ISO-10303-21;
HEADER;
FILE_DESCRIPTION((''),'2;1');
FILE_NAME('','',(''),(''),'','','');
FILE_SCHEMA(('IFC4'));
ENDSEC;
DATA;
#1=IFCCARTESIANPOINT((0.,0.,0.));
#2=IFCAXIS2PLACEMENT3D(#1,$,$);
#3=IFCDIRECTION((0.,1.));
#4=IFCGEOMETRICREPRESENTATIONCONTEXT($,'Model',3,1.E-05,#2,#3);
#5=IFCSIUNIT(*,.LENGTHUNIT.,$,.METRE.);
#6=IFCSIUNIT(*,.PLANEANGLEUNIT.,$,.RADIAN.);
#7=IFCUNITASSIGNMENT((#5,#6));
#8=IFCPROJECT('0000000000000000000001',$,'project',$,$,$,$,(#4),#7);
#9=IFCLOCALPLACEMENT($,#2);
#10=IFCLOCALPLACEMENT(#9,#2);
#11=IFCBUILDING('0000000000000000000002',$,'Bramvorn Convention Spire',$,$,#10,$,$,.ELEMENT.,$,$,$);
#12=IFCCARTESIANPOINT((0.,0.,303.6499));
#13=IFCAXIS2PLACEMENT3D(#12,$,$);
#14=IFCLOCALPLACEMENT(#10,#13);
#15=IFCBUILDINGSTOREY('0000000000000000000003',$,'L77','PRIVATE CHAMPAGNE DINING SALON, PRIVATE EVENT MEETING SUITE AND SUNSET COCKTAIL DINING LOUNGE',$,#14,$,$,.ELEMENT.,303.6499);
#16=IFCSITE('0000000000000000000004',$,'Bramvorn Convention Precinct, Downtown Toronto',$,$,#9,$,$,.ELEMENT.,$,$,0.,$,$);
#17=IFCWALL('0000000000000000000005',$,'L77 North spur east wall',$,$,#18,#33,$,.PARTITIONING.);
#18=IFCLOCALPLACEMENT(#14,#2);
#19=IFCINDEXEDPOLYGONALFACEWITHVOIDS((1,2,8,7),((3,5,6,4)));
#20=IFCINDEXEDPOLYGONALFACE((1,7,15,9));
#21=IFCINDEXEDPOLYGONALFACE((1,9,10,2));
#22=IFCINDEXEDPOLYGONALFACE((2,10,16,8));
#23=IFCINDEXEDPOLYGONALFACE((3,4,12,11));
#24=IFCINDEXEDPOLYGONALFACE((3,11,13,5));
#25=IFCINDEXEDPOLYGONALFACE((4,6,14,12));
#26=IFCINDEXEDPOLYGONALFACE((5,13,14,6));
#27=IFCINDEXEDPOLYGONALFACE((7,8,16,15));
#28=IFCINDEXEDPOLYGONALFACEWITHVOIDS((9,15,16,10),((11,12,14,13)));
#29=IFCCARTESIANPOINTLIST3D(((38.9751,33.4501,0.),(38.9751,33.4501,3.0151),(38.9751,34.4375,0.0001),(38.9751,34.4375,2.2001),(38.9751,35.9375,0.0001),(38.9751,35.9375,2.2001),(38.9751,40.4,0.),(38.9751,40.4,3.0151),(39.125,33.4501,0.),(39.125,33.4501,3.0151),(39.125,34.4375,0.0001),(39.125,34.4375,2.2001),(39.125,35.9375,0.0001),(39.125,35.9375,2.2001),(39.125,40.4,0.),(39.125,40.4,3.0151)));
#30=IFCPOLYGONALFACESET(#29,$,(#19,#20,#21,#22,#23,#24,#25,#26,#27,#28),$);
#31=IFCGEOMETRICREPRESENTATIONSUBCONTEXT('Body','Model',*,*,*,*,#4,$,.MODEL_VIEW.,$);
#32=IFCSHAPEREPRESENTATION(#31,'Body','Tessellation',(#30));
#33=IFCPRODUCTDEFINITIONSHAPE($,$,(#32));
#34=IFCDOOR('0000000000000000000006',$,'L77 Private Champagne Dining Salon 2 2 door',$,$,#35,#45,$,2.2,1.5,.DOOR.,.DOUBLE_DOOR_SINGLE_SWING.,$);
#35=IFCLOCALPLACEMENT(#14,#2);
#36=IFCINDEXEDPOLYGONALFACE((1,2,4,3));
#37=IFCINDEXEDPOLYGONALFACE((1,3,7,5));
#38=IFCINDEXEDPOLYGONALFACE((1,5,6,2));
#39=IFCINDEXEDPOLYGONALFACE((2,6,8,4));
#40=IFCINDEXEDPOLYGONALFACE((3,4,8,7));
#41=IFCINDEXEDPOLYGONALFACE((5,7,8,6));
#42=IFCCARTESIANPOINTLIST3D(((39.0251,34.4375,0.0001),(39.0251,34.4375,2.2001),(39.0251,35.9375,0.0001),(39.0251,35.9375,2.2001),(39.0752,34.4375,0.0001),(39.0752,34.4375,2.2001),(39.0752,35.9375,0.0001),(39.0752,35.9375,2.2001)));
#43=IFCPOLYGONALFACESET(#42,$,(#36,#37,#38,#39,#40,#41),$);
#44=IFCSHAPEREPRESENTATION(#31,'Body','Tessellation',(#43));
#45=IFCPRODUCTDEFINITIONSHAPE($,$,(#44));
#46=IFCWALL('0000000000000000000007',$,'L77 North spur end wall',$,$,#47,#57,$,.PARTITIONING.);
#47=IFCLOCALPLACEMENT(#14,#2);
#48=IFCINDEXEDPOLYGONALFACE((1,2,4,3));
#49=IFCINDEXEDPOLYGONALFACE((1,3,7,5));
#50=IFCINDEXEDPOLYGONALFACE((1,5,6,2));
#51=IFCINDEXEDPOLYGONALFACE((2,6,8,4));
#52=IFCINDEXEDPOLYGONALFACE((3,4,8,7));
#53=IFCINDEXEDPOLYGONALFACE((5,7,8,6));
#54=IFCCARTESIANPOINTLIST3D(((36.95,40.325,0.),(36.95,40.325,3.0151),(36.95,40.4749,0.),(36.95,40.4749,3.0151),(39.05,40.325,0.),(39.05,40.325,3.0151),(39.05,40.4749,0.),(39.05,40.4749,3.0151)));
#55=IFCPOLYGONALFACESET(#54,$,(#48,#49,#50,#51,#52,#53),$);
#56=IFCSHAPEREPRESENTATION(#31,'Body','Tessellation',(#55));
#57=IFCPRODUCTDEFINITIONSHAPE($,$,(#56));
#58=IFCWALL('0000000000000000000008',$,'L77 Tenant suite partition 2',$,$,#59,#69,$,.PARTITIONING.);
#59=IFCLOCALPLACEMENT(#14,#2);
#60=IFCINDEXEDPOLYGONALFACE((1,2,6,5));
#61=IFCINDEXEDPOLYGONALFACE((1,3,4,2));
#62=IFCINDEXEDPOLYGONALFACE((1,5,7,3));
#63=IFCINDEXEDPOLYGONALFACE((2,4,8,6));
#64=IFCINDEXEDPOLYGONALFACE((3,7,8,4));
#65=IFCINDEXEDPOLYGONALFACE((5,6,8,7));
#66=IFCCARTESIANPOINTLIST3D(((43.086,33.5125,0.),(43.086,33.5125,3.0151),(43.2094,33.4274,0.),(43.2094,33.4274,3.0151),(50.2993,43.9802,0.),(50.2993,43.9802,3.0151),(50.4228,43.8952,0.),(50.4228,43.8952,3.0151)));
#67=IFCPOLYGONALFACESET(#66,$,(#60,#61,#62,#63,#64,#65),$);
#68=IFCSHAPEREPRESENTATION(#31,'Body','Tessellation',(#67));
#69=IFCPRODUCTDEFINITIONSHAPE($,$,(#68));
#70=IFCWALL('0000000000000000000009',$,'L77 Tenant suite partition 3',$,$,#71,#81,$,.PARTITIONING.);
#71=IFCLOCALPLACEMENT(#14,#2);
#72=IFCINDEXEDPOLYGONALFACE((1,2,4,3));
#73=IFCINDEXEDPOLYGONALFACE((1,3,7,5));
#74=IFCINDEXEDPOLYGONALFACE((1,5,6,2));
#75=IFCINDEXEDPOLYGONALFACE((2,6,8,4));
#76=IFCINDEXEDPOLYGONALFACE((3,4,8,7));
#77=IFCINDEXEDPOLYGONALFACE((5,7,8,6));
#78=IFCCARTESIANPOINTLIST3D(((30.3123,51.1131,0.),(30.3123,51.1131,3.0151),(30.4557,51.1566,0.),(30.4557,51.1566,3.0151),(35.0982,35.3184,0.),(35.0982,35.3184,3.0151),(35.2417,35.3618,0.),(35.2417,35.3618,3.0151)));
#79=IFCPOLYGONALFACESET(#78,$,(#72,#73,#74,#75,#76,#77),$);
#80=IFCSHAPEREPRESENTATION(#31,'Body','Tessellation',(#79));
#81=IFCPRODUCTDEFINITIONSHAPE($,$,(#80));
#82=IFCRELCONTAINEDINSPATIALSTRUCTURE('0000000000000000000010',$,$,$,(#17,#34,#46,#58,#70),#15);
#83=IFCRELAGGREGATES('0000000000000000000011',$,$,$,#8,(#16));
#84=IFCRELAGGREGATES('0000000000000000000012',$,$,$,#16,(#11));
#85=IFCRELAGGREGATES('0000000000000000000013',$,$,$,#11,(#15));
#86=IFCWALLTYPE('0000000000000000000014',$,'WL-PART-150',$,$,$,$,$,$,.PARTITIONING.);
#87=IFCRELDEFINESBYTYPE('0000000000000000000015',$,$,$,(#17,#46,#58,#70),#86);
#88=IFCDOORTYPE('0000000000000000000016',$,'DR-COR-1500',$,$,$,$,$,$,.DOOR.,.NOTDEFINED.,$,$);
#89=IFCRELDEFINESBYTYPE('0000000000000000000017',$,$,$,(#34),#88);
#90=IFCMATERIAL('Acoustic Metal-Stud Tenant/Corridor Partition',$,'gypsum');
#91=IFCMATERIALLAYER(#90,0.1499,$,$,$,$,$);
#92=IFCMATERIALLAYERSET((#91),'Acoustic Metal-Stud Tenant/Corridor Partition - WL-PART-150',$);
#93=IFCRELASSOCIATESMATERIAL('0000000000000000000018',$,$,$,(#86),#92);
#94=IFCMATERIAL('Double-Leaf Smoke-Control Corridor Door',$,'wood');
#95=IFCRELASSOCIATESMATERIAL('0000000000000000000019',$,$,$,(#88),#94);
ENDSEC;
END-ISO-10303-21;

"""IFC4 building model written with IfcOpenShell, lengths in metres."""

from ifc_helpers import new_model, si_unit, direction, frame, frame_2d, origin, place, context, subcontext, project, spatial, rectangle, extrude, material, layer, layer_set, type_object, element, fill, save


model = new_model("IFC4")

# Units and contexts
model_context = context("Model", 3, precision=1e-05, world=origin(), true_north=direction((0.0, 1.0)))
body_context = subcontext(model_context, "Body", "Model", "MODEL_VIEW")
ifc_project = project(units=[si_unit("LENGTHUNIT", "METRE"), si_unit("PLANEANGLEUNIT", "RADIAN")], contexts=[model_context])

# Site, building, storey
site_placement = place(None, origin())
site = spatial("IfcSite", under=ifc_project, at=site_placement, Name="Bramvorn Convention Precinct, Downtown Toronto", CompositionType="ELEMENT", RefElevation=0.0)
building_placement = place(site_placement, origin())
building = spatial("IfcBuilding", under=site, at=building_placement, Name="Bramvorn Convention Spire", CompositionType="ELEMENT")
storey_placement = place(building_placement, frame((0.0, 0.0, 303.6499)))
storey = spatial("IfcBuildingStorey", under=building, at=storey_placement, Name="L77", Description="PRIVATE CHAMPAGNE DINING SALON, PRIVATE EVENT MEETING SUITE AND SUNSET COCKTAIL DINING LOUNGE", CompositionType="ELEMENT", Elevation=303.6499)

# Shared definitions
ifc_material_1 = material(Name="Acoustic Metal-Stud Tenant/Corridor Partition", Category="gypsum")
ifc_layer_1 = layer(ifc_material_1, 0.1499)
ifc_layer_set_1 = layer_set([ifc_layer_1], Name="Acoustic Metal-Stud Tenant/Corridor Partition - WL-PART-150")
wall_type_1 = type_object("IfcWallType", Name="WL-PART-150", PredefinedType="PARTITIONING", material=ifc_layer_set_1)

# Wall, opening, door
wall_1_placement = place(storey_placement, frame((39.05, 33.45, 0.0), z_axis=(0.0, 0.0, 1.0), x_axis=(0.0, 1.0, 0.0)))
wall_1 = element("IfcWall", 1, at=wall_1_placement, inside=storey, type_object=wall_type_1, Name="L77 North spur east wall", PredefinedType="PARTITIONING", context=body_context, shape_type="SweptSolid", body=[
    extrude(rectangle(XDim=6.95, YDim=0.1499, at=frame_2d((3.4751, 0.0))), origin(), (0.0, 0.0, 1.0), 3.0151),
])
opening_placement = place(wall_1_placement, frame((0.9875, 0.0, 0.0)))
opening = element("IfcOpeningElement", 2, at=opening_placement, cuts=wall_1, PredefinedType="OPENING", context=body_context, shape_type="SweptSolid", body=[
    extrude(rectangle(XDim=1.5, YDim=2.2, at=frame_2d((0.75, 1.1001))), frame((0.0, 0.085, 0.0), z_axis=(0.0, -1.0, 0.0), x_axis=(1.0, 0.0, 0.0)), (0.0, 0.0, 1.0), 0.1699),
])
ifc_material_2 = material(Name="Double-Leaf Smoke-Control Corridor Door", Category="wood")
door_type = type_object("IfcDoorType", Name="DR-COR-1500", OperationType="NOTDEFINED", PredefinedType="DOOR", material=ifc_material_2)
door_placement = place(opening_placement, origin())
door = element("IfcDoor", 3, at=door_placement, inside=storey, type_object=door_type, Name="L77 Private Champagne Dining Salon 2 2 door", OperationType="DOUBLE_DOOR_SINGLE_SWING", OverallHeight=2.2, OverallWidth=1.5, PredefinedType="DOOR", context=body_context, shape_type="SweptSolid", body=[
    extrude(rectangle(XDim=1.5, YDim=2.2, at=frame_2d((0.75, 1.1001))), frame((0.0, 0.0249, 0.0), z_axis=(0.0, -1.0, 0.0), x_axis=(1.0, 0.0, 0.0)), (0.0, 0.0, 1.0), 0.05),
])
fill(opening, door)

# Walls
wall_2_placement = place(storey_placement, frame((36.95, 40.3999, 0.0), z_axis=(0.0, 0.0, 1.0), x_axis=(1.0, 0.0, 0.0)))
element("IfcWall", 4, at=wall_2_placement, inside=storey, type_object=wall_type_1, Name="L77 North spur end wall", PredefinedType="PARTITIONING", context=body_context, shape_type="SweptSolid", body=[
    extrude(rectangle(XDim=2.1001, YDim=0.1499, at=frame_2d((1.05, 0.0))), origin(), (0.0, 0.0, 1.0), 3.0151),
])
wall_3_placement = place(storey_placement, frame((43.1477, 33.47, 0.0), z_axis=(0.0, 0.0, 1.0), x_axis=(0.567425, 0.823425, 0.0)))
element("IfcWall", 5, at=wall_3_placement, inside=storey, type_object=wall_type_1, Name="L77 Tenant suite partition 2", PredefinedType="PARTITIONING", context=body_context, shape_type="SweptSolid", body=[
    extrude(rectangle(XDim=12.7124, YDim=0.1499, at=frame_2d((6.3562, 0.0))), origin(), (0.0, 0.0, 1.0), 3.0151),
])
wall_4_placement = place(storey_placement, frame((35.1699, 35.3401, 0.0), z_axis=(0.0, 0.0, 1.0), x_axis=(-0.289986, 0.957031, 0.0)))
element("IfcWall", 6, at=wall_4_placement, inside=storey, type_object=wall_type_1, Name="L77 Tenant suite partition 3", PredefinedType="PARTITIONING", context=body_context, shape_type="SweptSolid", body=[
    extrude(rectangle(XDim=16.5039, YDim=0.1499, at=frame_2d((8.252, 0.0))), origin(), (0.0, 0.0, 1.0), 3.0151),
])

save(model, "model.ifc")
